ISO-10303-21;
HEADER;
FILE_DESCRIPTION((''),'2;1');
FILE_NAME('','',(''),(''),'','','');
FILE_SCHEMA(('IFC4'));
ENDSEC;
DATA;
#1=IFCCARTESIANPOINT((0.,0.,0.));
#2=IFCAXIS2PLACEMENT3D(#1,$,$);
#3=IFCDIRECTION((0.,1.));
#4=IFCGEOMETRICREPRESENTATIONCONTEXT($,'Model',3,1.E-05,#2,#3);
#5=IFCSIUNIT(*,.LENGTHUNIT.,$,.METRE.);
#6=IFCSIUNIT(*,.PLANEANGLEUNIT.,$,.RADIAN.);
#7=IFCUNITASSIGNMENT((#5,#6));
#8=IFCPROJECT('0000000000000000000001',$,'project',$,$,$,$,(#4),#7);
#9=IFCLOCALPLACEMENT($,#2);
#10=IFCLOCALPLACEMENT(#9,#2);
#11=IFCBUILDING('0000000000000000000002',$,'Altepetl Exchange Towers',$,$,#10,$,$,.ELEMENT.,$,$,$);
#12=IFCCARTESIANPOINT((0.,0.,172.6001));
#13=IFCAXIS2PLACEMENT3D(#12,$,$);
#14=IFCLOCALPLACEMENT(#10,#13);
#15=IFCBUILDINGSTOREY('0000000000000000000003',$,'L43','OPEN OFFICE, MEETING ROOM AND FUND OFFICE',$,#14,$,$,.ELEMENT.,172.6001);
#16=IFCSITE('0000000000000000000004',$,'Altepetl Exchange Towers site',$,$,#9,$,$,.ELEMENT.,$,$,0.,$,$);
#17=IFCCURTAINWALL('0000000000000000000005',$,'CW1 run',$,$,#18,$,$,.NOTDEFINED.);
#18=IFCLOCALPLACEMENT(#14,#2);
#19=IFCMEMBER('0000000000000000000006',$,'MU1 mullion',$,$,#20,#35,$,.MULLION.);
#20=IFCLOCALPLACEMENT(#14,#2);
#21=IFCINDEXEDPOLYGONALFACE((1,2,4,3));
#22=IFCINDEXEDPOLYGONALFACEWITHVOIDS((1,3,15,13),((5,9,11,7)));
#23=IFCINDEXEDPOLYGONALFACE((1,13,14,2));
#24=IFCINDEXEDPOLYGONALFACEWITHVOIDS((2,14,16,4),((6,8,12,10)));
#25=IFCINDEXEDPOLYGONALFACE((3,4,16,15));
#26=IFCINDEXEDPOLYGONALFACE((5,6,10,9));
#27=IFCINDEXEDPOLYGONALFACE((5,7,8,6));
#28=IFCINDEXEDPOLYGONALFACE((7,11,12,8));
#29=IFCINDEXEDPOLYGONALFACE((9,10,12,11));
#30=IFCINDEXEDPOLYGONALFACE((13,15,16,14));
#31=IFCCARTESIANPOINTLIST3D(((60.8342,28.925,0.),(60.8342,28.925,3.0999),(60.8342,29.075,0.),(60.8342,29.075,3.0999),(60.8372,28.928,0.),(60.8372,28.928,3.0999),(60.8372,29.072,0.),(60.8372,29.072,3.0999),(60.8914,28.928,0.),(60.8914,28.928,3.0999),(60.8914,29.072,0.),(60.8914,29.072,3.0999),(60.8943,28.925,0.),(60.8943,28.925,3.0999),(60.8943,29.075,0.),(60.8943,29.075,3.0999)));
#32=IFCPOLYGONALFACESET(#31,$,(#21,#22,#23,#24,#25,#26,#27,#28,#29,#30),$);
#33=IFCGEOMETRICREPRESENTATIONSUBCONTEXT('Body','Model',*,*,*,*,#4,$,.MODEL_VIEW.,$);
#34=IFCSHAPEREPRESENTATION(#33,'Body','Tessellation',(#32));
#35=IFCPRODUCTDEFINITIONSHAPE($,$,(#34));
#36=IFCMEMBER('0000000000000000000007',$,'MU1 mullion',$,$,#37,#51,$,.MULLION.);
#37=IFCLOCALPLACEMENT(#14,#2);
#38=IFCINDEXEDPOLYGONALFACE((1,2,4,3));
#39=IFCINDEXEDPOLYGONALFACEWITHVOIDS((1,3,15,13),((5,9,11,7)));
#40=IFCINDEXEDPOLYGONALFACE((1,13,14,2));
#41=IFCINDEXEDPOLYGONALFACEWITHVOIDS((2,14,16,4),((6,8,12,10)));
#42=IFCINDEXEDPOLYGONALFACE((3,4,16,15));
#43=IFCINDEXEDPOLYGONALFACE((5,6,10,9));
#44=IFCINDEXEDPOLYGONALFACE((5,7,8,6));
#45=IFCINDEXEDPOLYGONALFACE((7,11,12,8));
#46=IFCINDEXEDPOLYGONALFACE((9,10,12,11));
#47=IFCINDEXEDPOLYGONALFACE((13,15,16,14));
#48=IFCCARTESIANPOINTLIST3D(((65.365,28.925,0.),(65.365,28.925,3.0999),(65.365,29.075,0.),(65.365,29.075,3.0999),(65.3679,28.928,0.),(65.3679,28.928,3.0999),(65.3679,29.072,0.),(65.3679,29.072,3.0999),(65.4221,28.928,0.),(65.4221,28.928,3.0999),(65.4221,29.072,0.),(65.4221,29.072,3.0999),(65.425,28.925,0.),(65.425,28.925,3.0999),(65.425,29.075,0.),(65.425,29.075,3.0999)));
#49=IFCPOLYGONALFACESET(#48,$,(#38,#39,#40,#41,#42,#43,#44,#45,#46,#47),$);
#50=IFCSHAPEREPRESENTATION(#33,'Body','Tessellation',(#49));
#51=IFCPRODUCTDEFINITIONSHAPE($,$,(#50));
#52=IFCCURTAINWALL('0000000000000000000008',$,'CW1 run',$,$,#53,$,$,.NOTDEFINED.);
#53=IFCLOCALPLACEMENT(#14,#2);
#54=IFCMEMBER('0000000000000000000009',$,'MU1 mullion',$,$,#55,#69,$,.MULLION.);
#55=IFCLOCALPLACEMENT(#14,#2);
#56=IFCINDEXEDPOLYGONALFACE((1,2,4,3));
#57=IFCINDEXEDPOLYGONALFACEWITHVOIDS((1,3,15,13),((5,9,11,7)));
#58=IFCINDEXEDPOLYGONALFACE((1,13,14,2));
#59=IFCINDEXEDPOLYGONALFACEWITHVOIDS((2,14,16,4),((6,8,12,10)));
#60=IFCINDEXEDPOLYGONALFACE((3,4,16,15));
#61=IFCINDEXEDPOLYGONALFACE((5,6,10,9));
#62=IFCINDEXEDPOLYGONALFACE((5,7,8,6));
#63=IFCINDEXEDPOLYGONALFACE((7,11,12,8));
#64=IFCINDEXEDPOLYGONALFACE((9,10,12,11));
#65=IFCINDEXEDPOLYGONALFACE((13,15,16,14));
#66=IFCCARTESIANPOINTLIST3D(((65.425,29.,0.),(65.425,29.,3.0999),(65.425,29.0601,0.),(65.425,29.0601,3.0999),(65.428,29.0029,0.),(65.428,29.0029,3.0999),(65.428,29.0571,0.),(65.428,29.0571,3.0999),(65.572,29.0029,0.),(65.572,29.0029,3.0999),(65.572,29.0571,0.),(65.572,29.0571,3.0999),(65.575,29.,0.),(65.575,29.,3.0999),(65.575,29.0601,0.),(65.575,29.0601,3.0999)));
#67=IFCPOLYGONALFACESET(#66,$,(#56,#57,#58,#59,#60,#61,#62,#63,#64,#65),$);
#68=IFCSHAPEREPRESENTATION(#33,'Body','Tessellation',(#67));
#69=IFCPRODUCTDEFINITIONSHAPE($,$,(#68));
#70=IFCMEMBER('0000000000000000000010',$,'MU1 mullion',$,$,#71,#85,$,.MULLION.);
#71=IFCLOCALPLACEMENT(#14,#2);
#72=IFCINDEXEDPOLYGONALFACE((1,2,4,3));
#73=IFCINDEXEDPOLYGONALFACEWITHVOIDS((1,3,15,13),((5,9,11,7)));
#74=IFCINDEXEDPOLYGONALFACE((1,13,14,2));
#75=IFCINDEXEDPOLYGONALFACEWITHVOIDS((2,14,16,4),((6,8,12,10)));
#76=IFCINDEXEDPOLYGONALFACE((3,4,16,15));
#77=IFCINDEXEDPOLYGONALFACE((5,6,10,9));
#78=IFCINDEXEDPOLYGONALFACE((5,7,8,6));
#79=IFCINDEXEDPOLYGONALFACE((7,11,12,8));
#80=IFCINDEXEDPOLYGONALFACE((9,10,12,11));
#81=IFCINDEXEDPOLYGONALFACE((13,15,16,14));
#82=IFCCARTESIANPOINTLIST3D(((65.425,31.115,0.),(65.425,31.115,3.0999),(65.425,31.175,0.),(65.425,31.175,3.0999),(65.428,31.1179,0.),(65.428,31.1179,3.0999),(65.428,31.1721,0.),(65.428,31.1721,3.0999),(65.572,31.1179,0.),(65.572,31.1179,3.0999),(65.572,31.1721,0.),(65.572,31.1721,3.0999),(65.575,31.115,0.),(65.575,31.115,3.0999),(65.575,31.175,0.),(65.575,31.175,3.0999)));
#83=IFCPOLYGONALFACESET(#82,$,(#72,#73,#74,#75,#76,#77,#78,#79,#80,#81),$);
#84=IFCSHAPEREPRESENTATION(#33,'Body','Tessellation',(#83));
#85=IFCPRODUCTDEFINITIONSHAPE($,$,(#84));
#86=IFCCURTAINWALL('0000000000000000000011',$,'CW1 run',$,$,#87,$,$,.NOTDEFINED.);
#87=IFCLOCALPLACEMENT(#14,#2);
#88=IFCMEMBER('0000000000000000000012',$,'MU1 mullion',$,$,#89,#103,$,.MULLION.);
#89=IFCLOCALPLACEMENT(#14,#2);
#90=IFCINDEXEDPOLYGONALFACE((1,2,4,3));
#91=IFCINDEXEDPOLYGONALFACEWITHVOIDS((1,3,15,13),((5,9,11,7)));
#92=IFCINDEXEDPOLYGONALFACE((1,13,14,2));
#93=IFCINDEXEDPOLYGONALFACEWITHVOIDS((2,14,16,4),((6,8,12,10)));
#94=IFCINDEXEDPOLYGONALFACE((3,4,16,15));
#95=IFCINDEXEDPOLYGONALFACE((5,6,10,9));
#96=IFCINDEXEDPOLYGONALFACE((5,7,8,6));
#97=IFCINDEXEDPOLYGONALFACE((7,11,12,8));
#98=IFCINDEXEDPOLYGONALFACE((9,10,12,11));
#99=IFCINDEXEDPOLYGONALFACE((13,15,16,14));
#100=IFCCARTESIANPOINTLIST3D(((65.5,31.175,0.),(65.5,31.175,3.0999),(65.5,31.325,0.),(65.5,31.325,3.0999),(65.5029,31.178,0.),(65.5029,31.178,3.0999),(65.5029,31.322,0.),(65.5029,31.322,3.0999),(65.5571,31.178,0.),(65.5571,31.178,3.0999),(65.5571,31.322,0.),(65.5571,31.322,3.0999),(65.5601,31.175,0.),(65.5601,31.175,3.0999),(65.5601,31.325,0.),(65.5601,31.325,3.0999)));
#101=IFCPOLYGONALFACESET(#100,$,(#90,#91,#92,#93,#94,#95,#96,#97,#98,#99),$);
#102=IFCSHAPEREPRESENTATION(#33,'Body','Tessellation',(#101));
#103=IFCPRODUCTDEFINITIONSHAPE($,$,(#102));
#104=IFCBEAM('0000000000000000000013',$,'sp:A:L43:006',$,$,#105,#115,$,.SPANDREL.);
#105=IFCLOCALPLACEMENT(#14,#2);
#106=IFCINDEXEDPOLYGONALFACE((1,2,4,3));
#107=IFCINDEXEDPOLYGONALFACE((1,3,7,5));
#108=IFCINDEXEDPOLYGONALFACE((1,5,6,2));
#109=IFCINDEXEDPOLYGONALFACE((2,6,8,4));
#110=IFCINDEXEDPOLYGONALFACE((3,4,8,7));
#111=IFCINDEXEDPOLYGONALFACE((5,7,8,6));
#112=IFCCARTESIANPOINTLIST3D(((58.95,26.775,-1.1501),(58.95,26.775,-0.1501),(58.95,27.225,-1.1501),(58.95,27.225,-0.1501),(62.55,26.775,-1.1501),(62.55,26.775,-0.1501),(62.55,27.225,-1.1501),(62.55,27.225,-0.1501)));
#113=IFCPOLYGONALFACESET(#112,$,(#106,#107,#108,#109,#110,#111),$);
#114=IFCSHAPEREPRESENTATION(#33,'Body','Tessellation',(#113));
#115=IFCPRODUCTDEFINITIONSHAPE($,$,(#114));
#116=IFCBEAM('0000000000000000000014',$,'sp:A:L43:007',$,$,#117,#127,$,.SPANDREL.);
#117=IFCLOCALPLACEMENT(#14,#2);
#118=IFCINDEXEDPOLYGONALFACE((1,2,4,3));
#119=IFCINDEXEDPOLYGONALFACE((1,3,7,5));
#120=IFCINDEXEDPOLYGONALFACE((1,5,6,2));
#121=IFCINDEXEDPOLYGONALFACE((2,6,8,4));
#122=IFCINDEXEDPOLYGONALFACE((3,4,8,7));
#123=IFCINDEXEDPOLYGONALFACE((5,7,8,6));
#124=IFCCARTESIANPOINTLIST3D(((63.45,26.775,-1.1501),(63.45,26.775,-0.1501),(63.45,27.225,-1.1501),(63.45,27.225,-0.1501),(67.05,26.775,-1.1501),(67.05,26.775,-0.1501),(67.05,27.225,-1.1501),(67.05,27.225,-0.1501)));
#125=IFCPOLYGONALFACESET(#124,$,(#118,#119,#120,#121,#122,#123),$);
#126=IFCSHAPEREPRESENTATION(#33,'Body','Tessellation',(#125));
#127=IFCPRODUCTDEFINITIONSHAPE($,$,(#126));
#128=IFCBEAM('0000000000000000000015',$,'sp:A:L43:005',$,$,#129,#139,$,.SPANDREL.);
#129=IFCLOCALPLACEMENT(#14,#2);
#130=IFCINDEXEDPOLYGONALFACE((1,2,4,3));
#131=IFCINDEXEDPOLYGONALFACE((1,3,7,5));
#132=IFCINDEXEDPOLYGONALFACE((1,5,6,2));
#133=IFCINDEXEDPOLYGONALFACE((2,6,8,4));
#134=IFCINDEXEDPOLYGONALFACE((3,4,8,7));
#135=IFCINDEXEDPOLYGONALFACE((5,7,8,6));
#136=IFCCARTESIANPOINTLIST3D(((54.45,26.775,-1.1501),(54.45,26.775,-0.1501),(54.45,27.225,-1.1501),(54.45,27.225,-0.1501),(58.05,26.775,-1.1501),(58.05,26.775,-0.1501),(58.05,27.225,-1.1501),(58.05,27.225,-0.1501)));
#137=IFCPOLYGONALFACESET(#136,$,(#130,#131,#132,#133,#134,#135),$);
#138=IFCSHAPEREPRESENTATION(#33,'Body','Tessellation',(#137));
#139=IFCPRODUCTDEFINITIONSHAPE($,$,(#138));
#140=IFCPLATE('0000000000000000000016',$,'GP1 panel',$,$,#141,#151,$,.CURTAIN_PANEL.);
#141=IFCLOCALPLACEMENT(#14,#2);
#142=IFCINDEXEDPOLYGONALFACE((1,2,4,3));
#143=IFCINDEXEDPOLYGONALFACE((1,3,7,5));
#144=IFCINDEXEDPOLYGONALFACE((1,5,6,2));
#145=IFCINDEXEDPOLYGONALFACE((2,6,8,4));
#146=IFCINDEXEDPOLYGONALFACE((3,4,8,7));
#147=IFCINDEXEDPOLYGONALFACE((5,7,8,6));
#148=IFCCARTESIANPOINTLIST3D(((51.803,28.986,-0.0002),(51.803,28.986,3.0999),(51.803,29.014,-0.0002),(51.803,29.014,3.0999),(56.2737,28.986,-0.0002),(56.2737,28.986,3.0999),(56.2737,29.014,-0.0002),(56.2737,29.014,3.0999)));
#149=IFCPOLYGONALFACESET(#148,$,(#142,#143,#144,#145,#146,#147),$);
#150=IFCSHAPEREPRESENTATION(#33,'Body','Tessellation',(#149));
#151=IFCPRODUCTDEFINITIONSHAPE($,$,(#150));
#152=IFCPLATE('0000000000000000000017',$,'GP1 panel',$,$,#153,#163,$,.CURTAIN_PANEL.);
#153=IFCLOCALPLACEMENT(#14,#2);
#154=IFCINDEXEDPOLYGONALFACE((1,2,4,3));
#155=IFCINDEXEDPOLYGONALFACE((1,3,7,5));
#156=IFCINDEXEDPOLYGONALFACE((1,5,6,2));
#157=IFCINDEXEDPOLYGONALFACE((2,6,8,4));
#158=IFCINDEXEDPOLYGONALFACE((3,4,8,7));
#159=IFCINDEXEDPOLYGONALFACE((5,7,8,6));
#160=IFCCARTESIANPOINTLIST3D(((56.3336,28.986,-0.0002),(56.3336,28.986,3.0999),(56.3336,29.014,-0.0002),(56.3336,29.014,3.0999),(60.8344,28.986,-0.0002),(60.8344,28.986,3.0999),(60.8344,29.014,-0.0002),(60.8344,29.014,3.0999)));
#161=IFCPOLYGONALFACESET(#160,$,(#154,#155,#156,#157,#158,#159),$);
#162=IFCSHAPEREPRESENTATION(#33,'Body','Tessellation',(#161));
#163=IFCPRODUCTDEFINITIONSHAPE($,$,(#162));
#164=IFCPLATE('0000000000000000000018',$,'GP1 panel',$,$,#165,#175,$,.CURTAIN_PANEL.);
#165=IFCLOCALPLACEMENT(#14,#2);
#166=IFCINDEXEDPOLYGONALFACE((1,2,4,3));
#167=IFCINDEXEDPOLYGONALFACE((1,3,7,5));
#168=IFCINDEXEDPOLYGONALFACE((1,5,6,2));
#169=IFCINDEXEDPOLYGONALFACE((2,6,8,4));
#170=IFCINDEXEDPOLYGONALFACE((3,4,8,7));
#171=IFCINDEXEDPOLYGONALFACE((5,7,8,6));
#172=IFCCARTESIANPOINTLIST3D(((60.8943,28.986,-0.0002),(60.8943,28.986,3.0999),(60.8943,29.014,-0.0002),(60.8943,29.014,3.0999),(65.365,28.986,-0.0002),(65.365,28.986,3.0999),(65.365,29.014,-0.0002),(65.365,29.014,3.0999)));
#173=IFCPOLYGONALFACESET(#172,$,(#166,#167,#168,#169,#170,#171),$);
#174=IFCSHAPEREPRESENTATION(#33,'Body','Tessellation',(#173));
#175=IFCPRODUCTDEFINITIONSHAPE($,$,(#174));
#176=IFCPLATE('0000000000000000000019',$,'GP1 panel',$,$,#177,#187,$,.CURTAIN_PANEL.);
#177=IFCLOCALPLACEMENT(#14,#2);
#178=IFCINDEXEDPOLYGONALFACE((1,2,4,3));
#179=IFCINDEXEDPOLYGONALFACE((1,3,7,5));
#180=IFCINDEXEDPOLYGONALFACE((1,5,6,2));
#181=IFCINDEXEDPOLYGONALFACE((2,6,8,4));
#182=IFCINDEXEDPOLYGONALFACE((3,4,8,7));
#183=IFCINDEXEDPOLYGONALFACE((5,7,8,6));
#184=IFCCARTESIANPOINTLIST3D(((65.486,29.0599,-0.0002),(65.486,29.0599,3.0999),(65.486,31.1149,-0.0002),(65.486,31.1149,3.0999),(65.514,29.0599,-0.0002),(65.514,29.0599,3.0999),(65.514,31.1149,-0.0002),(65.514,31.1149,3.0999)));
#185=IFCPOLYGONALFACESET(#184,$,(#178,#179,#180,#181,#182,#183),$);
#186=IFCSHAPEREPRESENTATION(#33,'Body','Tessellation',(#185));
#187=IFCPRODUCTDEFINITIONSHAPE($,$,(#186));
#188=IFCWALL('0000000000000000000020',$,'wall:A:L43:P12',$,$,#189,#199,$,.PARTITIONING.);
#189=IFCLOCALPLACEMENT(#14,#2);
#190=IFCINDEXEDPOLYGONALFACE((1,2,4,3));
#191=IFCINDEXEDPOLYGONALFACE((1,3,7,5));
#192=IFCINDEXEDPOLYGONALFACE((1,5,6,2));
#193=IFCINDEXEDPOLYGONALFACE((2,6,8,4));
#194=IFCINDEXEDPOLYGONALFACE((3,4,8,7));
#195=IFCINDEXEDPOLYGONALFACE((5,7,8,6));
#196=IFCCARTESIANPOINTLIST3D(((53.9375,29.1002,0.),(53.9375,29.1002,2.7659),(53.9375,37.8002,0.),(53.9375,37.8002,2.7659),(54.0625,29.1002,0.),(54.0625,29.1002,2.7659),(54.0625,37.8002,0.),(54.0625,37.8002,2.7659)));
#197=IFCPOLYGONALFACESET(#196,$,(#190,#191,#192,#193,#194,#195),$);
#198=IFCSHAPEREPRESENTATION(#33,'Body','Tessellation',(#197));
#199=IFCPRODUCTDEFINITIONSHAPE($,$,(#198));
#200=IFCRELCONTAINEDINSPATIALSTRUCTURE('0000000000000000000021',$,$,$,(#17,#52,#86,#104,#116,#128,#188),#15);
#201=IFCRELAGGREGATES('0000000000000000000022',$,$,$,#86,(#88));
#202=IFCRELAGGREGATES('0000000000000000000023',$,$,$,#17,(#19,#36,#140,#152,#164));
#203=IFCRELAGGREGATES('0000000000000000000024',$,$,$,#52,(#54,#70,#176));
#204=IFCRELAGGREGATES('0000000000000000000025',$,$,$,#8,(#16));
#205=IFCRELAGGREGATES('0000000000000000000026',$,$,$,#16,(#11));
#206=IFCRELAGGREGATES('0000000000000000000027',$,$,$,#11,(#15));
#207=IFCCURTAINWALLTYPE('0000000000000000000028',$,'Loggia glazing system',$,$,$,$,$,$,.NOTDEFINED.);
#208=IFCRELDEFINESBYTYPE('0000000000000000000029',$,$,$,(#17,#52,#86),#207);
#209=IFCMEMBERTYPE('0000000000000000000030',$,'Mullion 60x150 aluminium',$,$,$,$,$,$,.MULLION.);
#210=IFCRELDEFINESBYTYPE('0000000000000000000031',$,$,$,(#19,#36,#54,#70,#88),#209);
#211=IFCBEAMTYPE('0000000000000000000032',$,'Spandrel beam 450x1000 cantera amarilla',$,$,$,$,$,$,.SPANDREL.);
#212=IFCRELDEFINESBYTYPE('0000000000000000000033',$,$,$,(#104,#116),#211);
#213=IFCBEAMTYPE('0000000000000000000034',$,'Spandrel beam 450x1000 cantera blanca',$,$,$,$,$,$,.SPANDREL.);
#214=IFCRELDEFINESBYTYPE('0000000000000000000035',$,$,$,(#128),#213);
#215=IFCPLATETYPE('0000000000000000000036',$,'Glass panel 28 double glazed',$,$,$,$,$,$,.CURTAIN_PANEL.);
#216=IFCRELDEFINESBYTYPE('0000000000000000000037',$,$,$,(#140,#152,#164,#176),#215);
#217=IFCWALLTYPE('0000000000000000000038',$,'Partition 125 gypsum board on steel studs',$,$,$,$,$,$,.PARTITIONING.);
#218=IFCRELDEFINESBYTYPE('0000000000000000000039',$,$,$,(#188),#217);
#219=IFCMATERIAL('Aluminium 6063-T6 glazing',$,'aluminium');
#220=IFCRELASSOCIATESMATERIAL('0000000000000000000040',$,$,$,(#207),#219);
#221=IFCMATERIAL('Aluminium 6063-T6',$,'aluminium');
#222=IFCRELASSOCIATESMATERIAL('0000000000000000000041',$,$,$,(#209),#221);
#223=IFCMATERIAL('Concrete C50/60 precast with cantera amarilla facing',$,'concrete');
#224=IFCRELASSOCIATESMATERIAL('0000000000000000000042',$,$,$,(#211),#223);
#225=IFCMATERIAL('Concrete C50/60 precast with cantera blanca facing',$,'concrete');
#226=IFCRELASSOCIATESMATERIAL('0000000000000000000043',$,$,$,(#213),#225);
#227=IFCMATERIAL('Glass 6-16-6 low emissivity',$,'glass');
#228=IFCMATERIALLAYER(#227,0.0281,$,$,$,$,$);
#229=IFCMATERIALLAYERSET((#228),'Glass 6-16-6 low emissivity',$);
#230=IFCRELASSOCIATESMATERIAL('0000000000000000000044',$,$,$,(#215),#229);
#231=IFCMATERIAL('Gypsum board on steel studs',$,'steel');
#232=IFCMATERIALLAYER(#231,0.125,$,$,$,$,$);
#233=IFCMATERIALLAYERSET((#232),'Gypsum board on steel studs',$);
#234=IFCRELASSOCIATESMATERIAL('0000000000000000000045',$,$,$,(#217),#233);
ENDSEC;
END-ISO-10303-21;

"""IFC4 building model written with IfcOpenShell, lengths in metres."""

from ifc_helpers import new_model, si_unit, direction, frame, frame_2d, origin, origin_2d, place, context, subcontext, project, spatial, rectangle, hollow_rectangle, extrude, material, layer, layer_set, material_profile, profile_set, type_object, element, aggregate, save


model = new_model("IFC4")

# Units and contexts
model_context = context("Model", 3, precision=1e-05, world=origin(), true_north=direction((0.0, 1.0)))
body_context = subcontext(model_context, "Body", "Model", "MODEL_VIEW")
ifc_project = project(units=[si_unit("LENGTHUNIT", "METRE"), si_unit("PLANEANGLEUNIT", "RADIAN")], contexts=[model_context])

# Site, building, storey
site_placement = place(None, origin())
site = spatial("IfcSite", under=ifc_project, at=site_placement, Name="Altepetl Exchange Towers site", CompositionType="ELEMENT", RefElevation=0.0)
building_placement = place(site_placement, origin())
building = spatial("IfcBuilding", under=site, at=building_placement, Name="Altepetl Exchange Towers", CompositionType="ELEMENT")
storey_placement = place(building_placement, frame((0.0, 0.0, 172.6001)))
storey = spatial("IfcBuildingStorey", under=building, at=storey_placement, Name="L43", Description="OPEN OFFICE, MEETING ROOM AND FUND OFFICE", CompositionType="ELEMENT", Elevation=172.6001)

# Curtain walls, members
ifc_material_1 = material(Name="Aluminium 6063-T6 glazing", Category="aluminium")
curtain_wall_type = type_object("IfcCurtainWallType", Name="Loggia glazing system", PredefinedType="NOTDEFINED", material=ifc_material_1)
curtain_wall_1_placement = place(storey_placement, origin())
curtain_wall_1 = element("IfcCurtainWall", 1, at=curtain_wall_1_placement, inside=storey, type_object=curtain_wall_type, Name="CW1 run", PredefinedType="NOTDEFINED")
ifc_material_2 = material(Name="Aluminium 6063-T6", Category="aluminium")
ifc_material_profile_1 = material_profile(ifc_material_2, hollow_rectangle(XDim=0.0601, YDim=0.1499, WallThickness=0.0029, at=origin_2d()), Name="Mullion 60x150 aluminium")
ifc_profile_set_1 = profile_set([ifc_material_profile_1], Name="Aluminium 6063-T6")
member_type = type_object("IfcMemberType", Name="Mullion 60x150 aluminium", PredefinedType="MULLION", material=ifc_profile_set_1)
member_1_placement = place(storey_placement, frame((60.8643, 29.0, 0.0)))
member_1 = element("IfcMember", 2, at=member_1_placement, type_object=member_type, Name="MU1 mullion", PredefinedType="MULLION", context=body_context, shape_type="SweptSolid", body=[
    extrude(hollow_rectangle(XDim=0.0601, YDim=0.1499, WallThickness=0.0029, at=origin_2d()), origin(), (0.0, 0.0, 1.0), 3.0999),
])
member_2_placement = place(storey_placement, frame((65.395, 29.0, 0.0)))
member_2 = element("IfcMember", 3, at=member_2_placement, type_object=member_type, Name="MU1 mullion", PredefinedType="MULLION", context=body_context, shape_type="SweptSolid", body=[
    extrude(hollow_rectangle(XDim=0.0601, YDim=0.1499, WallThickness=0.0029, at=origin_2d()), origin(), (0.0, 0.0, 1.0), 3.0999),
])
curtain_wall_2_placement = place(storey_placement, origin())
curtain_wall_2 = element("IfcCurtainWall", 4, at=curtain_wall_2_placement, inside=storey, type_object=curtain_wall_type, Name="CW1 run", PredefinedType="NOTDEFINED")
member_3_placement = place(storey_placement, frame((65.5, 29.03, 0.0), z_axis=(0.0, 0.0, 1.0), x_axis=(0.0, 1.0, 0.0)))
member_3 = element("IfcMember", 5, at=member_3_placement, type_object=member_type, Name="MU1 mullion", PredefinedType="MULLION", context=body_context, shape_type="SweptSolid", body=[
    extrude(hollow_rectangle(XDim=0.0601, YDim=0.1499, WallThickness=0.0029, at=origin_2d()), origin(), (0.0, 0.0, 1.0), 3.0999),
])
member_4_placement = place(storey_placement, frame((65.5, 31.145, 0.0), z_axis=(0.0, 0.0, 1.0), x_axis=(0.0, 1.0, 0.0)))
member_4 = element("IfcMember", 6, at=member_4_placement, type_object=member_type, Name="MU1 mullion", PredefinedType="MULLION", context=body_context, shape_type="SweptSolid", body=[
    extrude(hollow_rectangle(XDim=0.0601, YDim=0.1499, WallThickness=0.0029, at=origin_2d()), origin(), (0.0, 0.0, 1.0), 3.0999),
])

# Curtain wall, member
curtain_wall_3_placement = place(storey_placement, origin())
curtain_wall_3 = element("IfcCurtainWall", 7, at=curtain_wall_3_placement, inside=storey, type_object=curtain_wall_type, Name="CW1 run", PredefinedType="NOTDEFINED")
member_5_placement = place(storey_placement, frame((65.53, 31.25, 0.0)))
member_5 = element("IfcMember", 8, at=member_5_placement, type_object=member_type, Name="MU1 mullion", PredefinedType="MULLION", context=body_context, shape_type="SweptSolid", body=[
    extrude(hollow_rectangle(XDim=0.0601, YDim=0.1499, WallThickness=0.0029, at=origin_2d()), origin(), (0.0, 0.0, 1.0), 3.0999),
])
aggregate(curtain_wall_3, [member_5])

# Beams
ifc_material_3 = material(Name="Concrete C50/60 precast with cantera amarilla facing", Category="concrete")
ifc_material_profile_2 = material_profile(ifc_material_3, rectangle(XDim=0.45, YDim=1.0, at=origin_2d()), Name="450 x 1000")
ifc_profile_set_2 = profile_set([ifc_material_profile_2], Name="Concrete C50/60 precast with cantera amarilla facing")
beam_type_1 = type_object("IfcBeamType", Name="Spandrel beam 450x1000 cantera amarilla", PredefinedType="SPANDREL", material=ifc_profile_set_2)
for number, where, z_axis, x_axis, name in (
    (9, (58.95, 27.0, -0.6501), (1.0, 0.0, 0.0), (0.0, 1.0, 0.0), "sp:A:L43:006"),
    (10, (63.45, 27.0, -0.6501), (1.0, 0.0, 0.0), (0.0, 1.0, 0.0), "sp:A:L43:007"),
):
    element("IfcBeam", number, at=place(storey_placement, frame(where, z_axis=z_axis, x_axis=x_axis)), inside=storey, type_object=beam_type_1, Name=name, PredefinedType="SPANDREL", context=body_context, shape_type="SweptSolid", body=[
        extrude(rectangle(XDim=0.45, YDim=1.0, at=origin_2d()), origin(), (0.0, 0.0, 1.0), 3.6001),
    ])
ifc_material_4 = material(Name="Concrete C50/60 precast with cantera blanca facing", Category="concrete")
ifc_material_profile_3 = material_profile(ifc_material_4, rectangle(XDim=0.45, YDim=1.0, at=origin_2d()), Name="450 x 1000")
ifc_profile_set_3 = profile_set([ifc_material_profile_3], Name="Concrete C50/60 precast with cantera blanca facing")
beam_type_2 = type_object("IfcBeamType", Name="Spandrel beam 450x1000 cantera blanca", PredefinedType="SPANDREL", material=ifc_profile_set_3)
beam_1_placement = place(storey_placement, frame((54.45, 27.0, -0.6501), z_axis=(1.0, 0.0, 0.0), x_axis=(0.0, 1.0, 0.0)))
element("IfcBeam", 11, at=beam_1_placement, inside=storey, type_object=beam_type_2, Name="sp:A:L43:005", PredefinedType="SPANDREL", context=body_context, shape_type="SweptSolid", body=[
    extrude(rectangle(XDim=0.45, YDim=1.0, at=origin_2d()), origin(), (0.0, 0.0, 1.0), 3.6001),
])

# Plates
ifc_material_5 = material(Name="Glass 6-16-6 low emissivity", Category="glass")
ifc_layer_1 = layer(ifc_material_5, 0.0281)
ifc_layer_set_1 = layer_set([ifc_layer_1], Name="Glass 6-16-6 low emissivity")
plate_type = type_object("IfcPlateType", Name="Glass panel 28 double glazed", PredefinedType="CURTAIN_PANEL", material=ifc_layer_set_1)
plate_1_placement = place(storey_placement, frame((54.0383, 29.0, -0.0002)))
plate_1 = element("IfcPlate", 12, at=plate_1_placement, type_object=plate_type, Name="GP1 panel", PredefinedType="CURTAIN_PANEL", context=body_context, shape_type="SweptSolid", body=[
    extrude(rectangle(XDim=4.4707, YDim=0.0281, at=origin_2d()), origin(), (0.0, 0.0, 1.0), 3.1001),
])
plate_2_placement = place(storey_placement, frame((58.584, 29.0, -0.0002)))
plate_2 = element("IfcPlate", 13, at=plate_2_placement, type_object=plate_type, Name="GP1 panel", PredefinedType="CURTAIN_PANEL", context=body_context, shape_type="SweptSolid", body=[
    extrude(rectangle(XDim=4.5007, YDim=0.0281, at=origin_2d()), origin(), (0.0, 0.0, 1.0), 3.1001),
])
plate_3_placement = place(storey_placement, frame((63.1296, 29.0, -0.0002)))
plate_3 = element("IfcPlate", 14, at=plate_3_placement, type_object=plate_type, Name="GP1 panel", PredefinedType="CURTAIN_PANEL", context=body_context, shape_type="SweptSolid", body=[
    extrude(rectangle(XDim=4.4707, YDim=0.0281, at=origin_2d()), origin(), (0.0, 0.0, 1.0), 3.1001),
])
aggregate(curtain_wall_1, [member_1, member_2, plate_1, plate_2, plate_3])
plate_4_placement = place(storey_placement, frame((65.5, 30.0874, -0.0002), z_axis=(0.0, 0.0, 1.0), x_axis=(0.0, 1.0, 0.0)))
plate_4 = element("IfcPlate", 15, at=plate_4_placement, type_object=plate_type, Name="GP1 panel", PredefinedType="CURTAIN_PANEL", context=body_context, shape_type="SweptSolid", body=[
    extrude(rectangle(XDim=2.0549, YDim=0.0281, at=origin_2d()), origin(), (0.0, 0.0, 1.0), 3.1001),
])
aggregate(curtain_wall_2, [member_3, member_4, plate_4])

# Wall
ifc_material_6 = material(Name="Gypsum board on steel studs", Category="steel")
ifc_layer_2 = layer(ifc_material_6, 0.125)
ifc_layer_set_2 = layer_set([ifc_layer_2], Name="Gypsum board on steel studs")
wall_type = type_object("IfcWallType", Name="Partition 125 gypsum board on steel studs", PredefinedType="PARTITIONING", material=ifc_layer_set_2)
wall_1_placement = place(storey_placement, frame((54.0, 29.1001, 0.0), z_axis=(0.0, 0.0, 1.0), x_axis=(0.0, 1.0, 0.0)))
element("IfcWall", 16, at=wall_1_placement, inside=storey, type_object=wall_type, Name="wall:A:L43:P12", PredefinedType="PARTITIONING", context=body_context, shape_type="SweptSolid", body=[
    extrude(rectangle(XDim=8.7, YDim=0.125, at=frame_2d((4.3501, 0.0))), origin(), (0.0, 0.0, 1.0), 2.7659),
])

save(model, "model.ifc")
